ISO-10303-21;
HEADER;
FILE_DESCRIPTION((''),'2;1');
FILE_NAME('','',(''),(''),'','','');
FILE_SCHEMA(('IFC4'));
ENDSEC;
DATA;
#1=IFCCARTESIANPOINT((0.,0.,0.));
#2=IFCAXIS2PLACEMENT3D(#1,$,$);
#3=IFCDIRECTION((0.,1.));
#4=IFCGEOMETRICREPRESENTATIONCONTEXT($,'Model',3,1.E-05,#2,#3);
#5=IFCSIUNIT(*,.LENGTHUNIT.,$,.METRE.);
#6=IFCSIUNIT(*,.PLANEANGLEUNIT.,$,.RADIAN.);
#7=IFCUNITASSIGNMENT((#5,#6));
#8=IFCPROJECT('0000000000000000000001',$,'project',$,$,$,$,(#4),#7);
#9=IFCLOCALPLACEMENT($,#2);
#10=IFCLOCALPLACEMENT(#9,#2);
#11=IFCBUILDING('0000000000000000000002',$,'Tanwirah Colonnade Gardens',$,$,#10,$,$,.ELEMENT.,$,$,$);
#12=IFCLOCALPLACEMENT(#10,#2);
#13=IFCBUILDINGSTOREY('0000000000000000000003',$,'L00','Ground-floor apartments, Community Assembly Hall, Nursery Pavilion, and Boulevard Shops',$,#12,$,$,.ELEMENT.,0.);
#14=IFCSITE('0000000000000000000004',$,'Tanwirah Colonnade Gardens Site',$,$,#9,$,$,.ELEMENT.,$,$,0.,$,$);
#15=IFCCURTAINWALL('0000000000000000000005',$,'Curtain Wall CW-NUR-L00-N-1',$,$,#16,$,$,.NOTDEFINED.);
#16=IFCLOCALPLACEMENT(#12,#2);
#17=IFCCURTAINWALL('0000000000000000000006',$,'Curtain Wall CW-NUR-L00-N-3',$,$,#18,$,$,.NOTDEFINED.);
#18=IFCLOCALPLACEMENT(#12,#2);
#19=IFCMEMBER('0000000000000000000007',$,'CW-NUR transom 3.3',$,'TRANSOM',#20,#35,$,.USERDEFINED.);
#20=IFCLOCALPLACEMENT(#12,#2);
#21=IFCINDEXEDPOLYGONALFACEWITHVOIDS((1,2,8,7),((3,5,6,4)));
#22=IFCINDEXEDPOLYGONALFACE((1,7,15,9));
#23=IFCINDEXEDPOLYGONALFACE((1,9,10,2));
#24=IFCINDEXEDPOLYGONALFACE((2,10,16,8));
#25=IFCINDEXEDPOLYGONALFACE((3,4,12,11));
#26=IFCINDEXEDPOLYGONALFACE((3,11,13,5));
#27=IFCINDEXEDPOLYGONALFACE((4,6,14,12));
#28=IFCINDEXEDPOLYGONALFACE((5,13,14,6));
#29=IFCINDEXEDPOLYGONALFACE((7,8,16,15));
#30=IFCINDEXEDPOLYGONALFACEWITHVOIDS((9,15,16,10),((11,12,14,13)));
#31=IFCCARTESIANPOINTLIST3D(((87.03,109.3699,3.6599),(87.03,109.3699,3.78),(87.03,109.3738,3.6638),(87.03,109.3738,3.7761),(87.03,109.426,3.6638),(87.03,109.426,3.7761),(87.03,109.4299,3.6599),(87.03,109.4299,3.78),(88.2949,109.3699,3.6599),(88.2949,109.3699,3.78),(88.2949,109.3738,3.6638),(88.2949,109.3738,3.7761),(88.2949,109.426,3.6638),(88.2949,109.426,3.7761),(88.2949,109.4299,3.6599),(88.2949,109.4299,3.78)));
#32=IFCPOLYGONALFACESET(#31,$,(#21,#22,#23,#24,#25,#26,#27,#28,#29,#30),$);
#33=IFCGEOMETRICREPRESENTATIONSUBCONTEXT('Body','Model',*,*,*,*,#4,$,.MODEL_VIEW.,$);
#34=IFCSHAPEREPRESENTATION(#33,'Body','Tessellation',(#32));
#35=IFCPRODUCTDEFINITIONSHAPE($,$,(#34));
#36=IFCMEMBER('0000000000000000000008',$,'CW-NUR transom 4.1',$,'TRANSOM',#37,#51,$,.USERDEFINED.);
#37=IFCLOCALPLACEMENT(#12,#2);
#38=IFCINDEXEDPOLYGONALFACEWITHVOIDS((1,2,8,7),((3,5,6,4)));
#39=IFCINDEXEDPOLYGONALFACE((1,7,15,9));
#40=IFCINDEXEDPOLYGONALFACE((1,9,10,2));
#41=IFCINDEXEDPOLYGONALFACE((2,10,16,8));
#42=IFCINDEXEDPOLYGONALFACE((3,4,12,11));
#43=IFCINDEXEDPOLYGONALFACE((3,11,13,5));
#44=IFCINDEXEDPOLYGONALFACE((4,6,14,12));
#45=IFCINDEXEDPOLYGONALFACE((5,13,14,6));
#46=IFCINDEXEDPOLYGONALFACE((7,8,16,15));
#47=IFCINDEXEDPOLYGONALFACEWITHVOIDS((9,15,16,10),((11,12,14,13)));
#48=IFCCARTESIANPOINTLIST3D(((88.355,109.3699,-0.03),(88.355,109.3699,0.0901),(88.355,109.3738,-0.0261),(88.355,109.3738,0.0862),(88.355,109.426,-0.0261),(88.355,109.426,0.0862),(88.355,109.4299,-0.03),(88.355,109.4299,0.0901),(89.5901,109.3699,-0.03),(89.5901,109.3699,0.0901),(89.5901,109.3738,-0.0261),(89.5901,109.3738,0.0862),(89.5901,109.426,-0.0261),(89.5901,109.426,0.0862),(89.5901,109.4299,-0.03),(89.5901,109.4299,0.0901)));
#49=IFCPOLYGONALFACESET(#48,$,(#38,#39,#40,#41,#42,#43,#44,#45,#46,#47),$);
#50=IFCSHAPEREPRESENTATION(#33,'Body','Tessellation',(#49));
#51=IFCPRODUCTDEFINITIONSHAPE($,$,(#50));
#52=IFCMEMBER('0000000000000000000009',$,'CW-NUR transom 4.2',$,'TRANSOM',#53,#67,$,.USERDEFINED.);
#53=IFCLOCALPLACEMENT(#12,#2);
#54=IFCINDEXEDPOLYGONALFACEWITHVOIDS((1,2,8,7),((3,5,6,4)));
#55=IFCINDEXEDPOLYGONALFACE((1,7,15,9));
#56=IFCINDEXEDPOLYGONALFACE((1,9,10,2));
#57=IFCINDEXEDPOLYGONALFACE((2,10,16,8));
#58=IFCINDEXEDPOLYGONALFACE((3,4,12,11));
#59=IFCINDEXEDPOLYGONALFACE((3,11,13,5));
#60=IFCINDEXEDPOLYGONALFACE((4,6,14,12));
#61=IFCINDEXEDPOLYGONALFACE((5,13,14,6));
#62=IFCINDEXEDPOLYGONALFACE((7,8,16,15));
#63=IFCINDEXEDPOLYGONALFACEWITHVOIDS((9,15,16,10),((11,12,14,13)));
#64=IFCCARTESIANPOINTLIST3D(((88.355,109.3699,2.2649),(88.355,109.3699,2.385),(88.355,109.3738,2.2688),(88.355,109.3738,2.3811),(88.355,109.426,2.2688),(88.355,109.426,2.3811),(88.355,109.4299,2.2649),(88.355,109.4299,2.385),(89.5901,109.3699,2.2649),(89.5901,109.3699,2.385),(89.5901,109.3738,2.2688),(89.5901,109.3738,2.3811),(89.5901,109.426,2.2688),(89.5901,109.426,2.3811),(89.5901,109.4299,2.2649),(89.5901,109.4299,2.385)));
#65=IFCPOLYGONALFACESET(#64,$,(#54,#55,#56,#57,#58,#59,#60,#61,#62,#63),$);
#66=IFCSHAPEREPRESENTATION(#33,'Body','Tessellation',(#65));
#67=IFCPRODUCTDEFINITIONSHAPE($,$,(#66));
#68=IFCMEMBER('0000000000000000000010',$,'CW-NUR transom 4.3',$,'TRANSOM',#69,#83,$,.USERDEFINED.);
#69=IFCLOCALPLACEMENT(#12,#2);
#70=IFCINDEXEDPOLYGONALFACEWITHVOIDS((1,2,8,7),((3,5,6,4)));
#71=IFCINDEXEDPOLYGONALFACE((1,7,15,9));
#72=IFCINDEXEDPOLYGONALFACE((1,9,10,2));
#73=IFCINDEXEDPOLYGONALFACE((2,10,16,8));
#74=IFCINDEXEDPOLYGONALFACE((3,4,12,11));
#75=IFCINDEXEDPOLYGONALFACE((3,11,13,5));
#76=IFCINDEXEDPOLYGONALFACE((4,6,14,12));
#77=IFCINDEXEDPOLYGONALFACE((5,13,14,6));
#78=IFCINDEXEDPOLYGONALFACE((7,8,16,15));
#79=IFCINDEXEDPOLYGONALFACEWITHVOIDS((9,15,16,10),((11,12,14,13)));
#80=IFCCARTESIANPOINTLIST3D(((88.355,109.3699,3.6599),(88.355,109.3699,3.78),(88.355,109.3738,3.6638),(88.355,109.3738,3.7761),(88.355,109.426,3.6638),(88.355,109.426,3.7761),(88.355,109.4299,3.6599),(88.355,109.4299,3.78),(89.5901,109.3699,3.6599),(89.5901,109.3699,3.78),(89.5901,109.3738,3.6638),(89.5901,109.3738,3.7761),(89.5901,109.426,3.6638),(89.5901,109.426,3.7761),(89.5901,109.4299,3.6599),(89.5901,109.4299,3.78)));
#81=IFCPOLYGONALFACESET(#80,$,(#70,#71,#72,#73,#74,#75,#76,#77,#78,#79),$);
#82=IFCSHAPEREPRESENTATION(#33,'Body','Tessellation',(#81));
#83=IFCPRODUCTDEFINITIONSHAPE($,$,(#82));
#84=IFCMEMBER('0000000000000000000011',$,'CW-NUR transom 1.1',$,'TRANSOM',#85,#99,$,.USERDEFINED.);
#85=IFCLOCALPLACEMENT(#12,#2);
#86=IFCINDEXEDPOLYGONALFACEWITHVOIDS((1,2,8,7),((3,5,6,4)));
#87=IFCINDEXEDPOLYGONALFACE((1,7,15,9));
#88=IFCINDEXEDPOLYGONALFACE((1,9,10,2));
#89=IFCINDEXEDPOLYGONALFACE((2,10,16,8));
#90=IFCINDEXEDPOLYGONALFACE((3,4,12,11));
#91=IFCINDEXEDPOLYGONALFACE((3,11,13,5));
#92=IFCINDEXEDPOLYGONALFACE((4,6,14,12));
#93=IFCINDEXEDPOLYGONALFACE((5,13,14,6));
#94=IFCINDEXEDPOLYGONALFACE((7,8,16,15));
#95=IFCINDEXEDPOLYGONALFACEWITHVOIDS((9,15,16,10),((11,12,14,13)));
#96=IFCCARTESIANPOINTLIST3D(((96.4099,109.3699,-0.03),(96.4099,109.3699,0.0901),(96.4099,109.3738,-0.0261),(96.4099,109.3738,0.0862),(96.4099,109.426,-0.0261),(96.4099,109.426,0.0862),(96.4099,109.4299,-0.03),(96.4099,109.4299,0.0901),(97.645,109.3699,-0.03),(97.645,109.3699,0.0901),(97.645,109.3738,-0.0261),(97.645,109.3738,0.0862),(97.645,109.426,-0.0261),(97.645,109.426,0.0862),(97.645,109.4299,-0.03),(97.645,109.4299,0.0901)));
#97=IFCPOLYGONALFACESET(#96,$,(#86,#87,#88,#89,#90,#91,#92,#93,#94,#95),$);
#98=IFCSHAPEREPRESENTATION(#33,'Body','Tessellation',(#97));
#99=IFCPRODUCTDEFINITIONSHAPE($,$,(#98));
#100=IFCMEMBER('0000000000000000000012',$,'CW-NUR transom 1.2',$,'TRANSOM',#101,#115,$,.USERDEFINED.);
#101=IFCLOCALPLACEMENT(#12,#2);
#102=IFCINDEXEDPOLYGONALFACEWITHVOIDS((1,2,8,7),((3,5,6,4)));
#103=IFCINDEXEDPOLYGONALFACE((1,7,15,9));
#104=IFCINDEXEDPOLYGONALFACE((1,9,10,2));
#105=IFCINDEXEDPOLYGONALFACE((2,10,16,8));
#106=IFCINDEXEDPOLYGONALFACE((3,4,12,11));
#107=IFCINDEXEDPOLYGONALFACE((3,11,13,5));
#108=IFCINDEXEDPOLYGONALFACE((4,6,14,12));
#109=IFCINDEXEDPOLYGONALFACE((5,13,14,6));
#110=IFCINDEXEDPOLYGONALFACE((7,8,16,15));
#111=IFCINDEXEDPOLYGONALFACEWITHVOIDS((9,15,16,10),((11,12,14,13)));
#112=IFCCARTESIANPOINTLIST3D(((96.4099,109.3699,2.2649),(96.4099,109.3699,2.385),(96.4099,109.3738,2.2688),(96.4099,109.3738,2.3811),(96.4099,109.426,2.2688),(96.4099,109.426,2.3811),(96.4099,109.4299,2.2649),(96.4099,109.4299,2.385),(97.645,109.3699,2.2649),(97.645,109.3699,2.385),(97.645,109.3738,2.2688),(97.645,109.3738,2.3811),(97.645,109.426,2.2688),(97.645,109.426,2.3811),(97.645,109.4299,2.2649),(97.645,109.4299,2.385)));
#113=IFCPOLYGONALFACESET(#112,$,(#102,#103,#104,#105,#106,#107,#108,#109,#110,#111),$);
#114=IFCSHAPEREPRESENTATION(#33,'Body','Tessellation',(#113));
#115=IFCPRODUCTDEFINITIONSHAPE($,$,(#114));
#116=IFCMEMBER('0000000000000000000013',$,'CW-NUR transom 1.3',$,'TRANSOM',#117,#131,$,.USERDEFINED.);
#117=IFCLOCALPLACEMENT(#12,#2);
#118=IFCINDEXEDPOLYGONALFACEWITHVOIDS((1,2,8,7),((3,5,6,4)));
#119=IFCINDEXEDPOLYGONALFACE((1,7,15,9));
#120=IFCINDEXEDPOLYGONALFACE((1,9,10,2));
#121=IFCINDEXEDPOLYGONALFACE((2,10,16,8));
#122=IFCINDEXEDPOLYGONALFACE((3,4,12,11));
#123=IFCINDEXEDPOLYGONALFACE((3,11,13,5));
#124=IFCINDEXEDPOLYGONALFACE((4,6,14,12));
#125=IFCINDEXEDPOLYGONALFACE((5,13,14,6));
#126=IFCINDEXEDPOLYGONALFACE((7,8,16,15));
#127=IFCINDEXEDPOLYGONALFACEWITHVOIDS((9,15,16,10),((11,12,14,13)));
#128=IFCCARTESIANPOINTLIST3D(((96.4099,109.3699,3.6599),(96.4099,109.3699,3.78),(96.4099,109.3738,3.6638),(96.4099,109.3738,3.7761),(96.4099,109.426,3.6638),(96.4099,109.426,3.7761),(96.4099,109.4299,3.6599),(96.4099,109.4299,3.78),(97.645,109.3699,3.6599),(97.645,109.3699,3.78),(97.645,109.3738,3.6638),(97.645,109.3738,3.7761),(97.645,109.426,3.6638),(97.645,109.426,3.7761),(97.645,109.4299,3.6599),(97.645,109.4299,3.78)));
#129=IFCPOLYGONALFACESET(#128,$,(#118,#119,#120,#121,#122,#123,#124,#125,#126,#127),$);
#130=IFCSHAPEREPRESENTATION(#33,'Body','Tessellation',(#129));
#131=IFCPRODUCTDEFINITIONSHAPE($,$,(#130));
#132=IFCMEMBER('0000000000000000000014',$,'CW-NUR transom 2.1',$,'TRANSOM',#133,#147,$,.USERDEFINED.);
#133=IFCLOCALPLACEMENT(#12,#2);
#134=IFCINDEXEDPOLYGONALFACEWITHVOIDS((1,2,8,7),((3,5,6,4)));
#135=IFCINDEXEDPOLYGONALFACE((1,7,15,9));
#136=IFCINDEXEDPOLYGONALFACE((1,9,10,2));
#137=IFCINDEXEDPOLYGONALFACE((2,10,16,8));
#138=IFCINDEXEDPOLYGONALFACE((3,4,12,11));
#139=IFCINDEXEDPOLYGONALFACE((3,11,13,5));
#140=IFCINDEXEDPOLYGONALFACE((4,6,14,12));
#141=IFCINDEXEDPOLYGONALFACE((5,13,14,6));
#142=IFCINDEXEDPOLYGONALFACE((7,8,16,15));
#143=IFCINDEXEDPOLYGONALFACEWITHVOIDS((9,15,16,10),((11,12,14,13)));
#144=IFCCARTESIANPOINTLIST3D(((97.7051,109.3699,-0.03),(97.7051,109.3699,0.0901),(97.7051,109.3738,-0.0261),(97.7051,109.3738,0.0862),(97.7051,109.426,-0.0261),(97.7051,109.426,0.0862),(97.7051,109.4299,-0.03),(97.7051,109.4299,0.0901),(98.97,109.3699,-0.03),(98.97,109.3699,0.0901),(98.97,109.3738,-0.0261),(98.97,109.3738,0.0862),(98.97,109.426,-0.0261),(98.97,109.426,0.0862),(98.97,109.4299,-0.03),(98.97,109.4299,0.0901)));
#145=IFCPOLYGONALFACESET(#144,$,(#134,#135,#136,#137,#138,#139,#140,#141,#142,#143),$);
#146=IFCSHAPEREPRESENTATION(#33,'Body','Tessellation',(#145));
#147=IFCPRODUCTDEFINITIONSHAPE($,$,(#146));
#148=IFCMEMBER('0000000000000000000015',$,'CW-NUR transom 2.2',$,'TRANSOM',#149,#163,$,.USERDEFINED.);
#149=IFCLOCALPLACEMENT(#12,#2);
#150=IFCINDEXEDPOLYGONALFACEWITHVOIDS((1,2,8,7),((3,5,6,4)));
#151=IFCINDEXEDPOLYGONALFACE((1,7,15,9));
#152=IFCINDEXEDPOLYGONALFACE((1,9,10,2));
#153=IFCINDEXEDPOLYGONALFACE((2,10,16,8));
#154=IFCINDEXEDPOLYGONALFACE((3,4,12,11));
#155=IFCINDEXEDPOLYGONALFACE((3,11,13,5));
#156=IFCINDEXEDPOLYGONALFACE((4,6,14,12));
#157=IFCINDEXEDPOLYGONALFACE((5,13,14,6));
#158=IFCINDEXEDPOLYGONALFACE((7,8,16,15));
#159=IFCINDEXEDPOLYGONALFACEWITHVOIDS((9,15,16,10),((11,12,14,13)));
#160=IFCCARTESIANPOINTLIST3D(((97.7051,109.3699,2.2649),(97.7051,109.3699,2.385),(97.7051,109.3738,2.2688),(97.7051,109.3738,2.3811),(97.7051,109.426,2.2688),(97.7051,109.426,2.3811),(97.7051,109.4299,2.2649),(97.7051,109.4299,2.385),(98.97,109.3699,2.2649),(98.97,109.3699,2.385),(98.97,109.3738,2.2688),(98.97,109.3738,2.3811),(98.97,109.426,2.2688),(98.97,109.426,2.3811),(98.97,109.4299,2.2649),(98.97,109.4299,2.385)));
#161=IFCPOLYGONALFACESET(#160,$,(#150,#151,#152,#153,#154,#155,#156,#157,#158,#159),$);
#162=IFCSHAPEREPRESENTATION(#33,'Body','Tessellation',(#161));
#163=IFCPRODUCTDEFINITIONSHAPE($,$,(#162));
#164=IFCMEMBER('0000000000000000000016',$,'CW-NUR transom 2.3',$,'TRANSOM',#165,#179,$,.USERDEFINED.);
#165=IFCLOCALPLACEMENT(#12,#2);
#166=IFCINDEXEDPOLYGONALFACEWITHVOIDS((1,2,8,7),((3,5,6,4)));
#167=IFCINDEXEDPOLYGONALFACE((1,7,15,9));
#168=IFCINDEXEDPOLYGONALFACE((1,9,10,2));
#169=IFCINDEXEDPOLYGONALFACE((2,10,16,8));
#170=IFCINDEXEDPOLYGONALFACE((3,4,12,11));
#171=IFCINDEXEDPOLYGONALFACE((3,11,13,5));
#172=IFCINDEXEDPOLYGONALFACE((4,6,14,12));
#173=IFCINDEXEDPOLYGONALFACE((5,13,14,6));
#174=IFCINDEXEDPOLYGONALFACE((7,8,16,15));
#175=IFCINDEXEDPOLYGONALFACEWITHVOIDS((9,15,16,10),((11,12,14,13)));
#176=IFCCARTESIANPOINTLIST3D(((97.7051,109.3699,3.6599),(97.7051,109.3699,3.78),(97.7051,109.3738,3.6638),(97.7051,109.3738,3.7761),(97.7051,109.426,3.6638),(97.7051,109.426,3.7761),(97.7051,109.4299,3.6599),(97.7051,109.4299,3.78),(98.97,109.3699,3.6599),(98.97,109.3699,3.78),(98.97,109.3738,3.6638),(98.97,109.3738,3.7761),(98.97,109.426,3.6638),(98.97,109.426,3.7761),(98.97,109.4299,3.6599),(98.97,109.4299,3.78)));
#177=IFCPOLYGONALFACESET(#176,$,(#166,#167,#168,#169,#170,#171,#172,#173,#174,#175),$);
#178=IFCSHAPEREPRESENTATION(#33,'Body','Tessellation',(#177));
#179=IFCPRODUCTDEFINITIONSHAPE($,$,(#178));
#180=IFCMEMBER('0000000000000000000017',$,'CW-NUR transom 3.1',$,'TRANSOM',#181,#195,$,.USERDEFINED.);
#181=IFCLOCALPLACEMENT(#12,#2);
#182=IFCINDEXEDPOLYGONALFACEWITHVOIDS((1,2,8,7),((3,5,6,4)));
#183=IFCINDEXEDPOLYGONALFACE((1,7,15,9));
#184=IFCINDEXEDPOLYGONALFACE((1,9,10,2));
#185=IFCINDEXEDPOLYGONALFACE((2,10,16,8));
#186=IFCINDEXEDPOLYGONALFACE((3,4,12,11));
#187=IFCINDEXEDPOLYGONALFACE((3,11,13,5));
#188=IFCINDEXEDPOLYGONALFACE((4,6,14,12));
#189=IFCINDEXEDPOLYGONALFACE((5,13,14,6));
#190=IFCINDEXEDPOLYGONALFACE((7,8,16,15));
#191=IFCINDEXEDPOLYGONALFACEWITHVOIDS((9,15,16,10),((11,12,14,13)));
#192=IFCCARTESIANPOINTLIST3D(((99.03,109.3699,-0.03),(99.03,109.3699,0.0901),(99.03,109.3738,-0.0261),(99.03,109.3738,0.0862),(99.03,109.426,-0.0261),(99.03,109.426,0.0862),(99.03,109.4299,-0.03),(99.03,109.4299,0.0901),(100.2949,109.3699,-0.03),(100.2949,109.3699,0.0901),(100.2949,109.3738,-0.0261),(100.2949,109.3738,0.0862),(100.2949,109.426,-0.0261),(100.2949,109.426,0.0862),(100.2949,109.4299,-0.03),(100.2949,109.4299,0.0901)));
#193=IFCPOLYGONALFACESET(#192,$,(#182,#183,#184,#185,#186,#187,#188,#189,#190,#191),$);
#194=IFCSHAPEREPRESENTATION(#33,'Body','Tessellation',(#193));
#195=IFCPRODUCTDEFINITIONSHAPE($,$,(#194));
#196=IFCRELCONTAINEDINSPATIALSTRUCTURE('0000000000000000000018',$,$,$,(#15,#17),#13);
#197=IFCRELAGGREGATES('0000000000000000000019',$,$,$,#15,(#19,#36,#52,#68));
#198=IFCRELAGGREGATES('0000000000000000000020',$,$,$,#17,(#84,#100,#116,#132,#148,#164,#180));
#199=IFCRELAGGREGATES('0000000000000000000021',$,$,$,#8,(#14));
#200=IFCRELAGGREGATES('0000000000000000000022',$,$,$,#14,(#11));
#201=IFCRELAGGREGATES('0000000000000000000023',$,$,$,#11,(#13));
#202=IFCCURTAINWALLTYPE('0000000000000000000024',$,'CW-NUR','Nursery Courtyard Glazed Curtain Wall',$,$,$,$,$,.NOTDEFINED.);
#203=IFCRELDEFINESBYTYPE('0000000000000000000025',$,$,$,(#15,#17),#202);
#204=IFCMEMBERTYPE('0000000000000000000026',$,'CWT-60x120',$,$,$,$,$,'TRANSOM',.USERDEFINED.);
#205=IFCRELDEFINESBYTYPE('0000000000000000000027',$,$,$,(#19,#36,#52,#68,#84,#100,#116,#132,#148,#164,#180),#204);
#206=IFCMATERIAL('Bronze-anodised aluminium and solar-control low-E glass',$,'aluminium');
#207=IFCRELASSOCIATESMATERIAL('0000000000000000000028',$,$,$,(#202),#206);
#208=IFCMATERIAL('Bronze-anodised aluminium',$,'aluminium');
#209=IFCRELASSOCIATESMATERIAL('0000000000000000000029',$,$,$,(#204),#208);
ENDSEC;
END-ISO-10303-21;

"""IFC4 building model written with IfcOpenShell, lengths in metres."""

from ifc_helpers import new_model, si_unit, direction, frame, origin, origin_2d, place, context, subcontext, project, spatial, hollow_rectangle, extrude, material, material_profile, profile_set, type_object, element, aggregate, save


model = new_model("IFC4")

# Units and contexts
model_context = context("Model", 3, precision=1e-05, world=origin(), true_north=direction((0.0, 1.0)))
body_context = subcontext(model_context, "Body", "Model", "MODEL_VIEW")
ifc_project = project(units=[si_unit("LENGTHUNIT", "METRE"), si_unit("PLANEANGLEUNIT", "RADIAN")], contexts=[model_context])

# Site, building, storey
site_placement = place(None, origin())
site = spatial("IfcSite", under=ifc_project, at=site_placement, Name="Tanwirah Colonnade Gardens Site", CompositionType="ELEMENT", RefElevation=0.0)
building_placement = place(site_placement, origin())
building = spatial("IfcBuilding", under=site, at=building_placement, Name="Tanwirah Colonnade Gardens", CompositionType="ELEMENT")
storey_placement = place(building_placement, origin())
storey = spatial("IfcBuildingStorey", under=building, at=storey_placement, Name="L00", Description="Ground-floor apartments, Community Assembly Hall, Nursery Pavilion, and Boulevard Shops", CompositionType="ELEMENT", Elevation=0.0)

# Curtain walls
ifc_material_1 = material(Name="Bronze-anodised aluminium and solar-control low-E glass", Category="aluminium")
curtain_wall_type = type_object("IfcCurtainWallType", Name="CW-NUR", Description="Nursery Courtyard Glazed Curtain Wall", PredefinedType="NOTDEFINED", material=ifc_material_1)
curtain_wall_1_placement = place(storey_placement, origin())
curtain_wall_1 = element("IfcCurtainWall", 1, at=curtain_wall_1_placement, inside=storey, type_object=curtain_wall_type, Name="Curtain Wall CW-NUR-L00-N-1", PredefinedType="NOTDEFINED")
ifc_material_2 = material(Name="Bronze-anodised aluminium", Category="aluminium")
curtain_wall_2_placement = place(storey_placement, origin())
curtain_wall_2 = element("IfcCurtainWall", 2, at=curtain_wall_2_placement, inside=storey, type_object=curtain_wall_type, Name="Curtain Wall CW-NUR-L00-N-3", PredefinedType="NOTDEFINED")

# Members
ifc_material_profile_1 = material_profile(ifc_material_2, hollow_rectangle(XDim=0.0601, YDim=0.1201, WallThickness=0.0039, at=origin_2d()), Name="CW-TRN 60x120x4")
ifc_profile_set_1 = profile_set([ifc_material_profile_1], Name="Bronze-anodised aluminium")
member_type_1 = type_object("IfcMemberType", Name="CWT-60x120", ElementType="TRANSOM", PredefinedType="USERDEFINED", material=ifc_profile_set_1)
member_1_placement = place(storey_placement, frame((87.03, 109.3999, 3.72), z_axis=(1.0, 0.0, 0.0), x_axis=(0.0, 1.0, 0.0)))
member_1 = element("IfcMember", 3, at=member_1_placement, type_object=member_type_1, Name="CW-NUR transom 3.3", ObjectType="TRANSOM", PredefinedType="USERDEFINED", context=body_context, shape_type="SweptSolid", body=[
    extrude(hollow_rectangle(XDim=0.0601, YDim=0.1201, WallThickness=0.0039, at=origin_2d()), origin(), (0.0, 0.0, 1.0), 1.2649),
])
member_2_placement = place(storey_placement, frame((88.355, 109.3999, 0.03), z_axis=(1.0, 0.0, 0.0), x_axis=(0.0, 1.0, 0.0)))
member_2 = element("IfcMember", 4, at=member_2_placement, type_object=member_type_1, Name="CW-NUR transom 4.1", ObjectType="TRANSOM", PredefinedType="USERDEFINED", context=body_context, shape_type="SweptSolid", body=[
    extrude(hollow_rectangle(XDim=0.0601, YDim=0.1201, WallThickness=0.0039, at=origin_2d()), origin(), (0.0, 0.0, 1.0), 1.2351),
])
member_3_placement = place(storey_placement, frame((88.355, 109.3999, 2.325), z_axis=(1.0, 0.0, 0.0), x_axis=(0.0, 1.0, 0.0)))
member_3 = element("IfcMember", 5, at=member_3_placement, type_object=member_type_1, Name="CW-NUR transom 4.2", ObjectType="TRANSOM", PredefinedType="USERDEFINED", context=body_context, shape_type="SweptSolid", body=[
    extrude(hollow_rectangle(XDim=0.0601, YDim=0.1201, WallThickness=0.0039, at=origin_2d()), origin(), (0.0, 0.0, 1.0), 1.2351),
])
member_4_placement = place(storey_placement, frame((88.355, 109.3999, 3.72), z_axis=(1.0, 0.0, 0.0), x_axis=(0.0, 1.0, 0.0)))
member_4 = element("IfcMember", 6, at=member_4_placement, type_object=member_type_1, Name="CW-NUR transom 4.3", ObjectType="TRANSOM", PredefinedType="USERDEFINED", context=body_context, shape_type="SweptSolid", body=[
    extrude(hollow_rectangle(XDim=0.0601, YDim=0.1201, WallThickness=0.0039, at=origin_2d()), origin(), (0.0, 0.0, 1.0), 1.2351),
])
member_5_placement = place(storey_placement, frame((96.4099, 109.3999, 0.03), z_axis=(1.0, 0.0, 0.0), x_axis=(0.0, 1.0, 0.0)))
member_5 = element("IfcMember", 7, at=member_5_placement, type_object=member_type_1, Name="CW-NUR transom 1.1", ObjectType="TRANSOM", PredefinedType="USERDEFINED", context=body_context, shape_type="SweptSolid", body=[
    extrude(hollow_rectangle(XDim=0.0601, YDim=0.1201, WallThickness=0.0039, at=origin_2d()), origin(), (0.0, 0.0, 1.0), 1.2351),
])
member_6_placement = place(storey_placement, frame((96.4099, 109.3999, 2.325), z_axis=(1.0, 0.0, 0.0), x_axis=(0.0, 1.0, 0.0)))
member_6 = element("IfcMember", 8, at=member_6_placement, type_object=member_type_1, Name="CW-NUR transom 1.2", ObjectType="TRANSOM", PredefinedType="USERDEFINED", context=body_context, shape_type="SweptSolid", body=[
    extrude(hollow_rectangle(XDim=0.0601, YDim=0.1201, WallThickness=0.0039, at=origin_2d()), origin(), (0.0, 0.0, 1.0), 1.2351),
])
member_7_placement = place(storey_placement, frame((96.4099, 109.3999, 3.72), z_axis=(1.0, 0.0, 0.0), x_axis=(0.0, 1.0, 0.0)))
member_7 = element("IfcMember", 9, at=member_7_placement, type_object=member_type_1, Name="CW-NUR transom 1.3", ObjectType="TRANSOM", PredefinedType="USERDEFINED", context=body_context, shape_type="SweptSolid", body=[
    extrude(hollow_rectangle(XDim=0.0601, YDim=0.1201, WallThickness=0.0039, at=origin_2d()), origin(), (0.0, 0.0, 1.0), 1.2351),
])
member_8_placement = place(storey_placement, frame((97.7051, 109.3999, 0.03), z_axis=(1.0, 0.0, 0.0), x_axis=(0.0, 1.0, 0.0)))
member_8 = element("IfcMember", 10, at=member_8_placement, type_object=member_type_1, Name="CW-NUR transom 2.1", ObjectType="TRANSOM", PredefinedType="USERDEFINED", context=body_context, shape_type="SweptSolid", body=[
    extrude(hollow_rectangle(XDim=0.0601, YDim=0.1201, WallThickness=0.0039, at=origin_2d()), origin(), (0.0, 0.0, 1.0), 1.2649),
])
member_9_placement = place(storey_placement, frame((97.7051, 109.3999, 2.325), z_axis=(1.0, 0.0, 0.0), x_axis=(0.0, 1.0, 0.0)))
member_9 = element("IfcMember", 11, at=member_9_placement, type_object=member_type_1, Name="CW-NUR transom 2.2", ObjectType="TRANSOM", PredefinedType="USERDEFINED", context=body_context, shape_type="SweptSolid", body=[
    extrude(hollow_rectangle(XDim=0.0601, YDim=0.1201, WallThickness=0.0039, at=origin_2d()), origin(), (0.0, 0.0, 1.0), 1.2649),
])
member_10_placement = place(storey_placement, frame((97.7051, 109.3999, 3.72), z_axis=(1.0, 0.0, 0.0), x_axis=(0.0, 1.0, 0.0)))
member_10 = element("IfcMember", 12, at=member_10_placement, type_object=member_type_1, Name="CW-NUR transom 2.3", ObjectType="TRANSOM", PredefinedType="USERDEFINED", context=body_context, shape_type="SweptSolid", body=[
    extrude(hollow_rectangle(XDim=0.0601, YDim=0.1201, WallThickness=0.0039, at=origin_2d()), origin(), (0.0, 0.0, 1.0), 1.2649),
])
member_11_placement = place(storey_placement, frame((99.03, 109.3999, 0.03), z_axis=(1.0, 0.0, 0.0), x_axis=(0.0, 1.0, 0.0)))
member_11 = element("IfcMember", 13, at=member_11_placement, type_object=member_type_1, Name="CW-NUR transom 3.1", ObjectType="TRANSOM", PredefinedType="USERDEFINED", context=body_context, shape_type="SweptSolid", body=[
    extrude(hollow_rectangle(XDim=0.0601, YDim=0.1201, WallThickness=0.0039, at=origin_2d()), origin(), (0.0, 0.0, 1.0), 1.2649),
])

aggregate(curtain_wall_1, [member_1, member_2, member_3, member_4])
aggregate(curtain_wall_2, [member_5, member_6, member_7, member_8, member_9, member_10, member_11])

save(model, "model.ifc")
